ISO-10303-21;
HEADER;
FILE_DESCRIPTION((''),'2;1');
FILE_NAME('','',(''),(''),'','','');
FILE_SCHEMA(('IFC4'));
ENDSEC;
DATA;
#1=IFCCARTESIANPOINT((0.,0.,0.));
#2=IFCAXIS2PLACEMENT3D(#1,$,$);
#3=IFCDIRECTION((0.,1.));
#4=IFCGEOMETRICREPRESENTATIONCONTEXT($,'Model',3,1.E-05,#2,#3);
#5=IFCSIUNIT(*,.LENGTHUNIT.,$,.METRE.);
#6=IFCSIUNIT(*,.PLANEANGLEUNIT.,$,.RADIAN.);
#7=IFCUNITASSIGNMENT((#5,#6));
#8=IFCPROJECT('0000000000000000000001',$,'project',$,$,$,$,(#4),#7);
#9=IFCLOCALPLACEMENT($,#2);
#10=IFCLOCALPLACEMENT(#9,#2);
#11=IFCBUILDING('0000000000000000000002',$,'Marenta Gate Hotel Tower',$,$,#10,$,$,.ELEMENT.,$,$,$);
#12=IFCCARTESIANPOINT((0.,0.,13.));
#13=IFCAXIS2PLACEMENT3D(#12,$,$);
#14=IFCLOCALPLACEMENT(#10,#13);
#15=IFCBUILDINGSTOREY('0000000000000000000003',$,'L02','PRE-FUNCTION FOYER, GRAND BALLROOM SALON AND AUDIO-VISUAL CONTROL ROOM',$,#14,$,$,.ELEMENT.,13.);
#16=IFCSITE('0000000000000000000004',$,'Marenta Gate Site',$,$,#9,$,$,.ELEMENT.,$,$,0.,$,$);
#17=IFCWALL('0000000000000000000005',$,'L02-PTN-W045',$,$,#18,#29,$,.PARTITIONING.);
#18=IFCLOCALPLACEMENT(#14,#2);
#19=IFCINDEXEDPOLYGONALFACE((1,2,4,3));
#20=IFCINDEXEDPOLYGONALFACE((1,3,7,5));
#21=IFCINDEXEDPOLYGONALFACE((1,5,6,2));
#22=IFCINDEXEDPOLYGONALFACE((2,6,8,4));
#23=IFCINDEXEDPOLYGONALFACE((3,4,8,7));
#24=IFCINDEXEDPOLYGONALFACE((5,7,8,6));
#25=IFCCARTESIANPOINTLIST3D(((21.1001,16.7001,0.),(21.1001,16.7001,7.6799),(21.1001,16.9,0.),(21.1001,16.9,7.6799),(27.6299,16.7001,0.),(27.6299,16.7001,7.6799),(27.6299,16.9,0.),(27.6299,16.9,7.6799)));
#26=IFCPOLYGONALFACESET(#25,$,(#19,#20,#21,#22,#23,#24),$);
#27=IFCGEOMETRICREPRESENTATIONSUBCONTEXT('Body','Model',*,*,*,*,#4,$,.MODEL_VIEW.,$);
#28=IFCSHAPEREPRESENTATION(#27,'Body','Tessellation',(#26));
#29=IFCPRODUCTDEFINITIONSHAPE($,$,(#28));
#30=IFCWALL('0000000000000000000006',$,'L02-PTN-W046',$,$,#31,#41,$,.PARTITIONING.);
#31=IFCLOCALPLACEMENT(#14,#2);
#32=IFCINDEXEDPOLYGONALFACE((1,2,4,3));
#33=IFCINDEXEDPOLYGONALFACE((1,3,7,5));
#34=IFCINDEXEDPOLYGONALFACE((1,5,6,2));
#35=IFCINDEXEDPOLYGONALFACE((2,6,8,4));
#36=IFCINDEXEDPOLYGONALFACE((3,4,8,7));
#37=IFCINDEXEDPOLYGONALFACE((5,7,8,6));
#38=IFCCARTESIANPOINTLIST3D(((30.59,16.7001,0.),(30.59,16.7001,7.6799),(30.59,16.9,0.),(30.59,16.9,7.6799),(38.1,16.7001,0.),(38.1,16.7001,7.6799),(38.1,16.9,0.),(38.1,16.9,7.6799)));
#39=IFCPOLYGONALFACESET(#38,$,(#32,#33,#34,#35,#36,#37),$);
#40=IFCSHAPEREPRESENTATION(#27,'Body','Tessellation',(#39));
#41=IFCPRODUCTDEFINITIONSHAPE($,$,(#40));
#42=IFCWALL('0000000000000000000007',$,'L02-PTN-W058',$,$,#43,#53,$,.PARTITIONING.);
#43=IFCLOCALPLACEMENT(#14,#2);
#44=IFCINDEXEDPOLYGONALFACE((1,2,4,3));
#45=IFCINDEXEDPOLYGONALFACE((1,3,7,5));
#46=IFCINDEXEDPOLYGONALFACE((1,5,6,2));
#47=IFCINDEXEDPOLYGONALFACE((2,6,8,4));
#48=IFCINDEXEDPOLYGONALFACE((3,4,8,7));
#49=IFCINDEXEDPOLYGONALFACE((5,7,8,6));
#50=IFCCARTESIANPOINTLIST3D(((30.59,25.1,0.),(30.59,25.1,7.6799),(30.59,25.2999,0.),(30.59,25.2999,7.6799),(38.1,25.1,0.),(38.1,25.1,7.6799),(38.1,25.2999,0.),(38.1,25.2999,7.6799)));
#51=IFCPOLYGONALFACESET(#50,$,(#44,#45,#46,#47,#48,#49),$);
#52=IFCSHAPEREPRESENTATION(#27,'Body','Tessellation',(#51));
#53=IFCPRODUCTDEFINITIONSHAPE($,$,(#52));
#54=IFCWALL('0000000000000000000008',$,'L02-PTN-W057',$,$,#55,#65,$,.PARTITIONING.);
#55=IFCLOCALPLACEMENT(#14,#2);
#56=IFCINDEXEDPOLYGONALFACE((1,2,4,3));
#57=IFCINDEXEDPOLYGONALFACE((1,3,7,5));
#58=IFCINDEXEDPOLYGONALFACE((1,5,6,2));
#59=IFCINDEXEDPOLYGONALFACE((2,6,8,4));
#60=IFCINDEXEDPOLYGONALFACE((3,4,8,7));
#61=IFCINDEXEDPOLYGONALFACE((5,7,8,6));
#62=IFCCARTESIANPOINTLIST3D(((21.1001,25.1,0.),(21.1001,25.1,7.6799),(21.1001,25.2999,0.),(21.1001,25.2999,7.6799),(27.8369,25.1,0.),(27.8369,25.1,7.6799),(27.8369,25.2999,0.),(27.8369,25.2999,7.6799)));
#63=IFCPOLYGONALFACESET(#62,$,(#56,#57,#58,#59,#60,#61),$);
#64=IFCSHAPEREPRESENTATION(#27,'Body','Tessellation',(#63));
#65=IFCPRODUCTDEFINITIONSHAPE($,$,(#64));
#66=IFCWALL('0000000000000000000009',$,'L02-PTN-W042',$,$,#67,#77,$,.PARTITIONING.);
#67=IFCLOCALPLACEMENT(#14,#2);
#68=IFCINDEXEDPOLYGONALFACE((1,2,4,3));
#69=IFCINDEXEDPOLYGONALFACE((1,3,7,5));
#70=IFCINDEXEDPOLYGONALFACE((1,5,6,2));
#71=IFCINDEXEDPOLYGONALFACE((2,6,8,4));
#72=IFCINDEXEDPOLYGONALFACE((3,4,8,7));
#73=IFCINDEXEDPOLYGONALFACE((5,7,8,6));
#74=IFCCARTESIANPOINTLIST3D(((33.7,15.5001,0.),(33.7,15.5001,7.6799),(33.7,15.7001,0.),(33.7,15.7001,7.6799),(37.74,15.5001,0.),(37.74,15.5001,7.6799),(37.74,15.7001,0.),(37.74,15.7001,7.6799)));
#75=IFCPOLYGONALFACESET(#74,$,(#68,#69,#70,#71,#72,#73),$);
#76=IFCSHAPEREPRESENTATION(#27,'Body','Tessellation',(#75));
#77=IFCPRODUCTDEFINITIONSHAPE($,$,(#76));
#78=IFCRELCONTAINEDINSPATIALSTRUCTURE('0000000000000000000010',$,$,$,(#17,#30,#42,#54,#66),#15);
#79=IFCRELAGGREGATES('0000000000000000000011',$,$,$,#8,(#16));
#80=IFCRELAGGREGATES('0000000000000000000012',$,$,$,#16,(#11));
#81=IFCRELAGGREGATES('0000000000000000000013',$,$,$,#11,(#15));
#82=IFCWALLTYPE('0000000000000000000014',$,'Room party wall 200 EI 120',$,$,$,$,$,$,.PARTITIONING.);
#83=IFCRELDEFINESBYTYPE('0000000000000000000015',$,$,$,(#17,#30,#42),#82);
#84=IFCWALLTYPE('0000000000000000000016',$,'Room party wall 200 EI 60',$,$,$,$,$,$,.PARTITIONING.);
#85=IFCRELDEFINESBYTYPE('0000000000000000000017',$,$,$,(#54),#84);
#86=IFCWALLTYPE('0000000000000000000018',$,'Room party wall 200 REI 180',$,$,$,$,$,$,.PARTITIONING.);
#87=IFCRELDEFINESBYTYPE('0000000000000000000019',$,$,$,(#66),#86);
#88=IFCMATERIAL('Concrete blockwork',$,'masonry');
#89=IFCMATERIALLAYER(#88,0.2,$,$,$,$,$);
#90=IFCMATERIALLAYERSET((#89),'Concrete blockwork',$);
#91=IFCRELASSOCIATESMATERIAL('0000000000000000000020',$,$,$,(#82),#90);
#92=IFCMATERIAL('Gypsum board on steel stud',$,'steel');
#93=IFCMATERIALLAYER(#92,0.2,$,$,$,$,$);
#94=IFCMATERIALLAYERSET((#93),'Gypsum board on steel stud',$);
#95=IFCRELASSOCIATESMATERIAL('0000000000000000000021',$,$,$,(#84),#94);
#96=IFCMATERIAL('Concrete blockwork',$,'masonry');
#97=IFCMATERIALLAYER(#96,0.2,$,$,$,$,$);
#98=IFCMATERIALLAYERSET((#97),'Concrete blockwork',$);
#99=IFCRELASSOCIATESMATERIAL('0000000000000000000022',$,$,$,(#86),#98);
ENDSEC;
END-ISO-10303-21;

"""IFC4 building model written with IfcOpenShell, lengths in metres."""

from ifc_helpers import new_model, si_unit, direction, frame, frame_2d, origin, place, context, subcontext, project, spatial, rectangle, extrude, material, layer, layer_set, type_object, element, save


model = new_model("IFC4")

# Units and contexts
model_context = context("Model", 3, precision=1e-05, world=origin(), true_north=direction((0.0, 1.0)))
body_context = subcontext(model_context, "Body", "Model", "MODEL_VIEW")
ifc_project = project(units=[si_unit("LENGTHUNIT", "METRE"), si_unit("PLANEANGLEUNIT", "RADIAN")], contexts=[model_context])

# Site, building, storey
site_placement = place(None, origin())
site = spatial("IfcSite", under=ifc_project, at=site_placement, Name="Marenta Gate Site", CompositionType="ELEMENT", RefElevation=0.0)
building_placement = place(site_placement, origin())
building = spatial("IfcBuilding", under=site, at=building_placement, Name="Marenta Gate Hotel Tower", CompositionType="ELEMENT")
storey_placement = place(building_placement, frame((0.0, 0.0, 13.0)))
storey = spatial("IfcBuildingStorey", under=building, at=storey_placement, Name="L02", Description="PRE-FUNCTION FOYER, GRAND BALLROOM SALON AND AUDIO-VISUAL CONTROL ROOM", CompositionType="ELEMENT", Elevation=13.0)

# Walls
ifc_material_1 = material(Name="Concrete blockwork", Category="masonry")
ifc_layer_1 = layer(ifc_material_1, 0.2)
ifc_layer_set_1 = layer_set([ifc_layer_1], Name="Concrete blockwork")
wall_type_1 = type_object("IfcWallType", Name="Room party wall 200 EI 120", PredefinedType="PARTITIONING", material=ifc_layer_set_1)
wall_1_placement = place(storey_placement, frame((21.1001, 16.8, 0.0), z_axis=(0.0, 0.0, 1.0), x_axis=(1.0, 0.0, 0.0)))
element("IfcWall", 1, at=wall_1_placement, inside=storey, type_object=wall_type_1, Name="L02-PTN-W045", PredefinedType="PARTITIONING", context=body_context, shape_type="SweptSolid", body=[
    extrude(rectangle(XDim=6.5298, YDim=0.2, at=frame_2d((3.2649, 0.0))), origin(), (0.0, 0.0, 1.0), 7.6799),
])
for number, where, z_axis, x_axis, name in (
    (2, (30.5901, 16.8, 0.0), (0.0, 0.0, 1.0), (1.0, 0.0, 0.0), "L02-PTN-W046"),
    (3, (30.5901, 25.2, 0.0), (0.0, 0.0, 1.0), (1.0, 0.0, 0.0), "L02-PTN-W058"),
):
    element("IfcWall", number, at=place(storey_placement, frame(where, z_axis=z_axis, x_axis=x_axis)), inside=storey, type_object=wall_type_1, Name=name, PredefinedType="PARTITIONING", context=body_context, shape_type="SweptSolid", body=[
        extrude(rectangle(XDim=7.51, YDim=0.2, at=frame_2d((3.7549, 0.0))), origin(), (0.0, 0.0, 1.0), 7.6799),
    ])
ifc_material_2 = material(Name="Gypsum board on steel stud", Category="steel")
ifc_layer_2 = layer(ifc_material_2, 0.2)
ifc_layer_set_2 = layer_set([ifc_layer_2], Name="Gypsum board on steel stud")
wall_type_2 = type_object("IfcWallType", Name="Room party wall 200 EI 60", PredefinedType="PARTITIONING", material=ifc_layer_set_2)
wall_2_placement = place(storey_placement, frame((21.1001, 25.2, 0.0), z_axis=(0.0, 0.0, 1.0), x_axis=(1.0, 0.0, 0.0)))
element("IfcWall", 4, at=wall_2_placement, inside=storey, type_object=wall_type_2, Name="L02-PTN-W057", PredefinedType="PARTITIONING", context=body_context, shape_type="SweptSolid", body=[
    extrude(rectangle(XDim=6.7368, YDim=0.2, at=frame_2d((3.3684, 0.0))), origin(), (0.0, 0.0, 1.0), 7.6799),
])
ifc_material_3 = material(Name="Concrete blockwork", Category="masonry")
ifc_layer_3 = layer(ifc_material_3, 0.2)
ifc_layer_set_3 = layer_set([ifc_layer_3], Name="Concrete blockwork")
wall_type_3 = type_object("IfcWallType", Name="Room party wall 200 REI 180", PredefinedType="PARTITIONING", material=ifc_layer_set_3)
wall_3_placement = place(storey_placement, frame((33.7, 15.6001, 0.0), z_axis=(0.0, 0.0, 1.0), x_axis=(1.0, 0.0, 0.0)))
element("IfcWall", 5, at=wall_3_placement, inside=storey, type_object=wall_type_3, Name="L02-PTN-W042", PredefinedType="PARTITIONING", context=body_context, shape_type="SweptSolid", body=[
    extrude(rectangle(XDim=4.04, YDim=0.2, at=frame_2d((2.02, 0.0))), origin(), (0.0, 0.0, 1.0), 7.6799),
])

save(model, "model.ifc")
